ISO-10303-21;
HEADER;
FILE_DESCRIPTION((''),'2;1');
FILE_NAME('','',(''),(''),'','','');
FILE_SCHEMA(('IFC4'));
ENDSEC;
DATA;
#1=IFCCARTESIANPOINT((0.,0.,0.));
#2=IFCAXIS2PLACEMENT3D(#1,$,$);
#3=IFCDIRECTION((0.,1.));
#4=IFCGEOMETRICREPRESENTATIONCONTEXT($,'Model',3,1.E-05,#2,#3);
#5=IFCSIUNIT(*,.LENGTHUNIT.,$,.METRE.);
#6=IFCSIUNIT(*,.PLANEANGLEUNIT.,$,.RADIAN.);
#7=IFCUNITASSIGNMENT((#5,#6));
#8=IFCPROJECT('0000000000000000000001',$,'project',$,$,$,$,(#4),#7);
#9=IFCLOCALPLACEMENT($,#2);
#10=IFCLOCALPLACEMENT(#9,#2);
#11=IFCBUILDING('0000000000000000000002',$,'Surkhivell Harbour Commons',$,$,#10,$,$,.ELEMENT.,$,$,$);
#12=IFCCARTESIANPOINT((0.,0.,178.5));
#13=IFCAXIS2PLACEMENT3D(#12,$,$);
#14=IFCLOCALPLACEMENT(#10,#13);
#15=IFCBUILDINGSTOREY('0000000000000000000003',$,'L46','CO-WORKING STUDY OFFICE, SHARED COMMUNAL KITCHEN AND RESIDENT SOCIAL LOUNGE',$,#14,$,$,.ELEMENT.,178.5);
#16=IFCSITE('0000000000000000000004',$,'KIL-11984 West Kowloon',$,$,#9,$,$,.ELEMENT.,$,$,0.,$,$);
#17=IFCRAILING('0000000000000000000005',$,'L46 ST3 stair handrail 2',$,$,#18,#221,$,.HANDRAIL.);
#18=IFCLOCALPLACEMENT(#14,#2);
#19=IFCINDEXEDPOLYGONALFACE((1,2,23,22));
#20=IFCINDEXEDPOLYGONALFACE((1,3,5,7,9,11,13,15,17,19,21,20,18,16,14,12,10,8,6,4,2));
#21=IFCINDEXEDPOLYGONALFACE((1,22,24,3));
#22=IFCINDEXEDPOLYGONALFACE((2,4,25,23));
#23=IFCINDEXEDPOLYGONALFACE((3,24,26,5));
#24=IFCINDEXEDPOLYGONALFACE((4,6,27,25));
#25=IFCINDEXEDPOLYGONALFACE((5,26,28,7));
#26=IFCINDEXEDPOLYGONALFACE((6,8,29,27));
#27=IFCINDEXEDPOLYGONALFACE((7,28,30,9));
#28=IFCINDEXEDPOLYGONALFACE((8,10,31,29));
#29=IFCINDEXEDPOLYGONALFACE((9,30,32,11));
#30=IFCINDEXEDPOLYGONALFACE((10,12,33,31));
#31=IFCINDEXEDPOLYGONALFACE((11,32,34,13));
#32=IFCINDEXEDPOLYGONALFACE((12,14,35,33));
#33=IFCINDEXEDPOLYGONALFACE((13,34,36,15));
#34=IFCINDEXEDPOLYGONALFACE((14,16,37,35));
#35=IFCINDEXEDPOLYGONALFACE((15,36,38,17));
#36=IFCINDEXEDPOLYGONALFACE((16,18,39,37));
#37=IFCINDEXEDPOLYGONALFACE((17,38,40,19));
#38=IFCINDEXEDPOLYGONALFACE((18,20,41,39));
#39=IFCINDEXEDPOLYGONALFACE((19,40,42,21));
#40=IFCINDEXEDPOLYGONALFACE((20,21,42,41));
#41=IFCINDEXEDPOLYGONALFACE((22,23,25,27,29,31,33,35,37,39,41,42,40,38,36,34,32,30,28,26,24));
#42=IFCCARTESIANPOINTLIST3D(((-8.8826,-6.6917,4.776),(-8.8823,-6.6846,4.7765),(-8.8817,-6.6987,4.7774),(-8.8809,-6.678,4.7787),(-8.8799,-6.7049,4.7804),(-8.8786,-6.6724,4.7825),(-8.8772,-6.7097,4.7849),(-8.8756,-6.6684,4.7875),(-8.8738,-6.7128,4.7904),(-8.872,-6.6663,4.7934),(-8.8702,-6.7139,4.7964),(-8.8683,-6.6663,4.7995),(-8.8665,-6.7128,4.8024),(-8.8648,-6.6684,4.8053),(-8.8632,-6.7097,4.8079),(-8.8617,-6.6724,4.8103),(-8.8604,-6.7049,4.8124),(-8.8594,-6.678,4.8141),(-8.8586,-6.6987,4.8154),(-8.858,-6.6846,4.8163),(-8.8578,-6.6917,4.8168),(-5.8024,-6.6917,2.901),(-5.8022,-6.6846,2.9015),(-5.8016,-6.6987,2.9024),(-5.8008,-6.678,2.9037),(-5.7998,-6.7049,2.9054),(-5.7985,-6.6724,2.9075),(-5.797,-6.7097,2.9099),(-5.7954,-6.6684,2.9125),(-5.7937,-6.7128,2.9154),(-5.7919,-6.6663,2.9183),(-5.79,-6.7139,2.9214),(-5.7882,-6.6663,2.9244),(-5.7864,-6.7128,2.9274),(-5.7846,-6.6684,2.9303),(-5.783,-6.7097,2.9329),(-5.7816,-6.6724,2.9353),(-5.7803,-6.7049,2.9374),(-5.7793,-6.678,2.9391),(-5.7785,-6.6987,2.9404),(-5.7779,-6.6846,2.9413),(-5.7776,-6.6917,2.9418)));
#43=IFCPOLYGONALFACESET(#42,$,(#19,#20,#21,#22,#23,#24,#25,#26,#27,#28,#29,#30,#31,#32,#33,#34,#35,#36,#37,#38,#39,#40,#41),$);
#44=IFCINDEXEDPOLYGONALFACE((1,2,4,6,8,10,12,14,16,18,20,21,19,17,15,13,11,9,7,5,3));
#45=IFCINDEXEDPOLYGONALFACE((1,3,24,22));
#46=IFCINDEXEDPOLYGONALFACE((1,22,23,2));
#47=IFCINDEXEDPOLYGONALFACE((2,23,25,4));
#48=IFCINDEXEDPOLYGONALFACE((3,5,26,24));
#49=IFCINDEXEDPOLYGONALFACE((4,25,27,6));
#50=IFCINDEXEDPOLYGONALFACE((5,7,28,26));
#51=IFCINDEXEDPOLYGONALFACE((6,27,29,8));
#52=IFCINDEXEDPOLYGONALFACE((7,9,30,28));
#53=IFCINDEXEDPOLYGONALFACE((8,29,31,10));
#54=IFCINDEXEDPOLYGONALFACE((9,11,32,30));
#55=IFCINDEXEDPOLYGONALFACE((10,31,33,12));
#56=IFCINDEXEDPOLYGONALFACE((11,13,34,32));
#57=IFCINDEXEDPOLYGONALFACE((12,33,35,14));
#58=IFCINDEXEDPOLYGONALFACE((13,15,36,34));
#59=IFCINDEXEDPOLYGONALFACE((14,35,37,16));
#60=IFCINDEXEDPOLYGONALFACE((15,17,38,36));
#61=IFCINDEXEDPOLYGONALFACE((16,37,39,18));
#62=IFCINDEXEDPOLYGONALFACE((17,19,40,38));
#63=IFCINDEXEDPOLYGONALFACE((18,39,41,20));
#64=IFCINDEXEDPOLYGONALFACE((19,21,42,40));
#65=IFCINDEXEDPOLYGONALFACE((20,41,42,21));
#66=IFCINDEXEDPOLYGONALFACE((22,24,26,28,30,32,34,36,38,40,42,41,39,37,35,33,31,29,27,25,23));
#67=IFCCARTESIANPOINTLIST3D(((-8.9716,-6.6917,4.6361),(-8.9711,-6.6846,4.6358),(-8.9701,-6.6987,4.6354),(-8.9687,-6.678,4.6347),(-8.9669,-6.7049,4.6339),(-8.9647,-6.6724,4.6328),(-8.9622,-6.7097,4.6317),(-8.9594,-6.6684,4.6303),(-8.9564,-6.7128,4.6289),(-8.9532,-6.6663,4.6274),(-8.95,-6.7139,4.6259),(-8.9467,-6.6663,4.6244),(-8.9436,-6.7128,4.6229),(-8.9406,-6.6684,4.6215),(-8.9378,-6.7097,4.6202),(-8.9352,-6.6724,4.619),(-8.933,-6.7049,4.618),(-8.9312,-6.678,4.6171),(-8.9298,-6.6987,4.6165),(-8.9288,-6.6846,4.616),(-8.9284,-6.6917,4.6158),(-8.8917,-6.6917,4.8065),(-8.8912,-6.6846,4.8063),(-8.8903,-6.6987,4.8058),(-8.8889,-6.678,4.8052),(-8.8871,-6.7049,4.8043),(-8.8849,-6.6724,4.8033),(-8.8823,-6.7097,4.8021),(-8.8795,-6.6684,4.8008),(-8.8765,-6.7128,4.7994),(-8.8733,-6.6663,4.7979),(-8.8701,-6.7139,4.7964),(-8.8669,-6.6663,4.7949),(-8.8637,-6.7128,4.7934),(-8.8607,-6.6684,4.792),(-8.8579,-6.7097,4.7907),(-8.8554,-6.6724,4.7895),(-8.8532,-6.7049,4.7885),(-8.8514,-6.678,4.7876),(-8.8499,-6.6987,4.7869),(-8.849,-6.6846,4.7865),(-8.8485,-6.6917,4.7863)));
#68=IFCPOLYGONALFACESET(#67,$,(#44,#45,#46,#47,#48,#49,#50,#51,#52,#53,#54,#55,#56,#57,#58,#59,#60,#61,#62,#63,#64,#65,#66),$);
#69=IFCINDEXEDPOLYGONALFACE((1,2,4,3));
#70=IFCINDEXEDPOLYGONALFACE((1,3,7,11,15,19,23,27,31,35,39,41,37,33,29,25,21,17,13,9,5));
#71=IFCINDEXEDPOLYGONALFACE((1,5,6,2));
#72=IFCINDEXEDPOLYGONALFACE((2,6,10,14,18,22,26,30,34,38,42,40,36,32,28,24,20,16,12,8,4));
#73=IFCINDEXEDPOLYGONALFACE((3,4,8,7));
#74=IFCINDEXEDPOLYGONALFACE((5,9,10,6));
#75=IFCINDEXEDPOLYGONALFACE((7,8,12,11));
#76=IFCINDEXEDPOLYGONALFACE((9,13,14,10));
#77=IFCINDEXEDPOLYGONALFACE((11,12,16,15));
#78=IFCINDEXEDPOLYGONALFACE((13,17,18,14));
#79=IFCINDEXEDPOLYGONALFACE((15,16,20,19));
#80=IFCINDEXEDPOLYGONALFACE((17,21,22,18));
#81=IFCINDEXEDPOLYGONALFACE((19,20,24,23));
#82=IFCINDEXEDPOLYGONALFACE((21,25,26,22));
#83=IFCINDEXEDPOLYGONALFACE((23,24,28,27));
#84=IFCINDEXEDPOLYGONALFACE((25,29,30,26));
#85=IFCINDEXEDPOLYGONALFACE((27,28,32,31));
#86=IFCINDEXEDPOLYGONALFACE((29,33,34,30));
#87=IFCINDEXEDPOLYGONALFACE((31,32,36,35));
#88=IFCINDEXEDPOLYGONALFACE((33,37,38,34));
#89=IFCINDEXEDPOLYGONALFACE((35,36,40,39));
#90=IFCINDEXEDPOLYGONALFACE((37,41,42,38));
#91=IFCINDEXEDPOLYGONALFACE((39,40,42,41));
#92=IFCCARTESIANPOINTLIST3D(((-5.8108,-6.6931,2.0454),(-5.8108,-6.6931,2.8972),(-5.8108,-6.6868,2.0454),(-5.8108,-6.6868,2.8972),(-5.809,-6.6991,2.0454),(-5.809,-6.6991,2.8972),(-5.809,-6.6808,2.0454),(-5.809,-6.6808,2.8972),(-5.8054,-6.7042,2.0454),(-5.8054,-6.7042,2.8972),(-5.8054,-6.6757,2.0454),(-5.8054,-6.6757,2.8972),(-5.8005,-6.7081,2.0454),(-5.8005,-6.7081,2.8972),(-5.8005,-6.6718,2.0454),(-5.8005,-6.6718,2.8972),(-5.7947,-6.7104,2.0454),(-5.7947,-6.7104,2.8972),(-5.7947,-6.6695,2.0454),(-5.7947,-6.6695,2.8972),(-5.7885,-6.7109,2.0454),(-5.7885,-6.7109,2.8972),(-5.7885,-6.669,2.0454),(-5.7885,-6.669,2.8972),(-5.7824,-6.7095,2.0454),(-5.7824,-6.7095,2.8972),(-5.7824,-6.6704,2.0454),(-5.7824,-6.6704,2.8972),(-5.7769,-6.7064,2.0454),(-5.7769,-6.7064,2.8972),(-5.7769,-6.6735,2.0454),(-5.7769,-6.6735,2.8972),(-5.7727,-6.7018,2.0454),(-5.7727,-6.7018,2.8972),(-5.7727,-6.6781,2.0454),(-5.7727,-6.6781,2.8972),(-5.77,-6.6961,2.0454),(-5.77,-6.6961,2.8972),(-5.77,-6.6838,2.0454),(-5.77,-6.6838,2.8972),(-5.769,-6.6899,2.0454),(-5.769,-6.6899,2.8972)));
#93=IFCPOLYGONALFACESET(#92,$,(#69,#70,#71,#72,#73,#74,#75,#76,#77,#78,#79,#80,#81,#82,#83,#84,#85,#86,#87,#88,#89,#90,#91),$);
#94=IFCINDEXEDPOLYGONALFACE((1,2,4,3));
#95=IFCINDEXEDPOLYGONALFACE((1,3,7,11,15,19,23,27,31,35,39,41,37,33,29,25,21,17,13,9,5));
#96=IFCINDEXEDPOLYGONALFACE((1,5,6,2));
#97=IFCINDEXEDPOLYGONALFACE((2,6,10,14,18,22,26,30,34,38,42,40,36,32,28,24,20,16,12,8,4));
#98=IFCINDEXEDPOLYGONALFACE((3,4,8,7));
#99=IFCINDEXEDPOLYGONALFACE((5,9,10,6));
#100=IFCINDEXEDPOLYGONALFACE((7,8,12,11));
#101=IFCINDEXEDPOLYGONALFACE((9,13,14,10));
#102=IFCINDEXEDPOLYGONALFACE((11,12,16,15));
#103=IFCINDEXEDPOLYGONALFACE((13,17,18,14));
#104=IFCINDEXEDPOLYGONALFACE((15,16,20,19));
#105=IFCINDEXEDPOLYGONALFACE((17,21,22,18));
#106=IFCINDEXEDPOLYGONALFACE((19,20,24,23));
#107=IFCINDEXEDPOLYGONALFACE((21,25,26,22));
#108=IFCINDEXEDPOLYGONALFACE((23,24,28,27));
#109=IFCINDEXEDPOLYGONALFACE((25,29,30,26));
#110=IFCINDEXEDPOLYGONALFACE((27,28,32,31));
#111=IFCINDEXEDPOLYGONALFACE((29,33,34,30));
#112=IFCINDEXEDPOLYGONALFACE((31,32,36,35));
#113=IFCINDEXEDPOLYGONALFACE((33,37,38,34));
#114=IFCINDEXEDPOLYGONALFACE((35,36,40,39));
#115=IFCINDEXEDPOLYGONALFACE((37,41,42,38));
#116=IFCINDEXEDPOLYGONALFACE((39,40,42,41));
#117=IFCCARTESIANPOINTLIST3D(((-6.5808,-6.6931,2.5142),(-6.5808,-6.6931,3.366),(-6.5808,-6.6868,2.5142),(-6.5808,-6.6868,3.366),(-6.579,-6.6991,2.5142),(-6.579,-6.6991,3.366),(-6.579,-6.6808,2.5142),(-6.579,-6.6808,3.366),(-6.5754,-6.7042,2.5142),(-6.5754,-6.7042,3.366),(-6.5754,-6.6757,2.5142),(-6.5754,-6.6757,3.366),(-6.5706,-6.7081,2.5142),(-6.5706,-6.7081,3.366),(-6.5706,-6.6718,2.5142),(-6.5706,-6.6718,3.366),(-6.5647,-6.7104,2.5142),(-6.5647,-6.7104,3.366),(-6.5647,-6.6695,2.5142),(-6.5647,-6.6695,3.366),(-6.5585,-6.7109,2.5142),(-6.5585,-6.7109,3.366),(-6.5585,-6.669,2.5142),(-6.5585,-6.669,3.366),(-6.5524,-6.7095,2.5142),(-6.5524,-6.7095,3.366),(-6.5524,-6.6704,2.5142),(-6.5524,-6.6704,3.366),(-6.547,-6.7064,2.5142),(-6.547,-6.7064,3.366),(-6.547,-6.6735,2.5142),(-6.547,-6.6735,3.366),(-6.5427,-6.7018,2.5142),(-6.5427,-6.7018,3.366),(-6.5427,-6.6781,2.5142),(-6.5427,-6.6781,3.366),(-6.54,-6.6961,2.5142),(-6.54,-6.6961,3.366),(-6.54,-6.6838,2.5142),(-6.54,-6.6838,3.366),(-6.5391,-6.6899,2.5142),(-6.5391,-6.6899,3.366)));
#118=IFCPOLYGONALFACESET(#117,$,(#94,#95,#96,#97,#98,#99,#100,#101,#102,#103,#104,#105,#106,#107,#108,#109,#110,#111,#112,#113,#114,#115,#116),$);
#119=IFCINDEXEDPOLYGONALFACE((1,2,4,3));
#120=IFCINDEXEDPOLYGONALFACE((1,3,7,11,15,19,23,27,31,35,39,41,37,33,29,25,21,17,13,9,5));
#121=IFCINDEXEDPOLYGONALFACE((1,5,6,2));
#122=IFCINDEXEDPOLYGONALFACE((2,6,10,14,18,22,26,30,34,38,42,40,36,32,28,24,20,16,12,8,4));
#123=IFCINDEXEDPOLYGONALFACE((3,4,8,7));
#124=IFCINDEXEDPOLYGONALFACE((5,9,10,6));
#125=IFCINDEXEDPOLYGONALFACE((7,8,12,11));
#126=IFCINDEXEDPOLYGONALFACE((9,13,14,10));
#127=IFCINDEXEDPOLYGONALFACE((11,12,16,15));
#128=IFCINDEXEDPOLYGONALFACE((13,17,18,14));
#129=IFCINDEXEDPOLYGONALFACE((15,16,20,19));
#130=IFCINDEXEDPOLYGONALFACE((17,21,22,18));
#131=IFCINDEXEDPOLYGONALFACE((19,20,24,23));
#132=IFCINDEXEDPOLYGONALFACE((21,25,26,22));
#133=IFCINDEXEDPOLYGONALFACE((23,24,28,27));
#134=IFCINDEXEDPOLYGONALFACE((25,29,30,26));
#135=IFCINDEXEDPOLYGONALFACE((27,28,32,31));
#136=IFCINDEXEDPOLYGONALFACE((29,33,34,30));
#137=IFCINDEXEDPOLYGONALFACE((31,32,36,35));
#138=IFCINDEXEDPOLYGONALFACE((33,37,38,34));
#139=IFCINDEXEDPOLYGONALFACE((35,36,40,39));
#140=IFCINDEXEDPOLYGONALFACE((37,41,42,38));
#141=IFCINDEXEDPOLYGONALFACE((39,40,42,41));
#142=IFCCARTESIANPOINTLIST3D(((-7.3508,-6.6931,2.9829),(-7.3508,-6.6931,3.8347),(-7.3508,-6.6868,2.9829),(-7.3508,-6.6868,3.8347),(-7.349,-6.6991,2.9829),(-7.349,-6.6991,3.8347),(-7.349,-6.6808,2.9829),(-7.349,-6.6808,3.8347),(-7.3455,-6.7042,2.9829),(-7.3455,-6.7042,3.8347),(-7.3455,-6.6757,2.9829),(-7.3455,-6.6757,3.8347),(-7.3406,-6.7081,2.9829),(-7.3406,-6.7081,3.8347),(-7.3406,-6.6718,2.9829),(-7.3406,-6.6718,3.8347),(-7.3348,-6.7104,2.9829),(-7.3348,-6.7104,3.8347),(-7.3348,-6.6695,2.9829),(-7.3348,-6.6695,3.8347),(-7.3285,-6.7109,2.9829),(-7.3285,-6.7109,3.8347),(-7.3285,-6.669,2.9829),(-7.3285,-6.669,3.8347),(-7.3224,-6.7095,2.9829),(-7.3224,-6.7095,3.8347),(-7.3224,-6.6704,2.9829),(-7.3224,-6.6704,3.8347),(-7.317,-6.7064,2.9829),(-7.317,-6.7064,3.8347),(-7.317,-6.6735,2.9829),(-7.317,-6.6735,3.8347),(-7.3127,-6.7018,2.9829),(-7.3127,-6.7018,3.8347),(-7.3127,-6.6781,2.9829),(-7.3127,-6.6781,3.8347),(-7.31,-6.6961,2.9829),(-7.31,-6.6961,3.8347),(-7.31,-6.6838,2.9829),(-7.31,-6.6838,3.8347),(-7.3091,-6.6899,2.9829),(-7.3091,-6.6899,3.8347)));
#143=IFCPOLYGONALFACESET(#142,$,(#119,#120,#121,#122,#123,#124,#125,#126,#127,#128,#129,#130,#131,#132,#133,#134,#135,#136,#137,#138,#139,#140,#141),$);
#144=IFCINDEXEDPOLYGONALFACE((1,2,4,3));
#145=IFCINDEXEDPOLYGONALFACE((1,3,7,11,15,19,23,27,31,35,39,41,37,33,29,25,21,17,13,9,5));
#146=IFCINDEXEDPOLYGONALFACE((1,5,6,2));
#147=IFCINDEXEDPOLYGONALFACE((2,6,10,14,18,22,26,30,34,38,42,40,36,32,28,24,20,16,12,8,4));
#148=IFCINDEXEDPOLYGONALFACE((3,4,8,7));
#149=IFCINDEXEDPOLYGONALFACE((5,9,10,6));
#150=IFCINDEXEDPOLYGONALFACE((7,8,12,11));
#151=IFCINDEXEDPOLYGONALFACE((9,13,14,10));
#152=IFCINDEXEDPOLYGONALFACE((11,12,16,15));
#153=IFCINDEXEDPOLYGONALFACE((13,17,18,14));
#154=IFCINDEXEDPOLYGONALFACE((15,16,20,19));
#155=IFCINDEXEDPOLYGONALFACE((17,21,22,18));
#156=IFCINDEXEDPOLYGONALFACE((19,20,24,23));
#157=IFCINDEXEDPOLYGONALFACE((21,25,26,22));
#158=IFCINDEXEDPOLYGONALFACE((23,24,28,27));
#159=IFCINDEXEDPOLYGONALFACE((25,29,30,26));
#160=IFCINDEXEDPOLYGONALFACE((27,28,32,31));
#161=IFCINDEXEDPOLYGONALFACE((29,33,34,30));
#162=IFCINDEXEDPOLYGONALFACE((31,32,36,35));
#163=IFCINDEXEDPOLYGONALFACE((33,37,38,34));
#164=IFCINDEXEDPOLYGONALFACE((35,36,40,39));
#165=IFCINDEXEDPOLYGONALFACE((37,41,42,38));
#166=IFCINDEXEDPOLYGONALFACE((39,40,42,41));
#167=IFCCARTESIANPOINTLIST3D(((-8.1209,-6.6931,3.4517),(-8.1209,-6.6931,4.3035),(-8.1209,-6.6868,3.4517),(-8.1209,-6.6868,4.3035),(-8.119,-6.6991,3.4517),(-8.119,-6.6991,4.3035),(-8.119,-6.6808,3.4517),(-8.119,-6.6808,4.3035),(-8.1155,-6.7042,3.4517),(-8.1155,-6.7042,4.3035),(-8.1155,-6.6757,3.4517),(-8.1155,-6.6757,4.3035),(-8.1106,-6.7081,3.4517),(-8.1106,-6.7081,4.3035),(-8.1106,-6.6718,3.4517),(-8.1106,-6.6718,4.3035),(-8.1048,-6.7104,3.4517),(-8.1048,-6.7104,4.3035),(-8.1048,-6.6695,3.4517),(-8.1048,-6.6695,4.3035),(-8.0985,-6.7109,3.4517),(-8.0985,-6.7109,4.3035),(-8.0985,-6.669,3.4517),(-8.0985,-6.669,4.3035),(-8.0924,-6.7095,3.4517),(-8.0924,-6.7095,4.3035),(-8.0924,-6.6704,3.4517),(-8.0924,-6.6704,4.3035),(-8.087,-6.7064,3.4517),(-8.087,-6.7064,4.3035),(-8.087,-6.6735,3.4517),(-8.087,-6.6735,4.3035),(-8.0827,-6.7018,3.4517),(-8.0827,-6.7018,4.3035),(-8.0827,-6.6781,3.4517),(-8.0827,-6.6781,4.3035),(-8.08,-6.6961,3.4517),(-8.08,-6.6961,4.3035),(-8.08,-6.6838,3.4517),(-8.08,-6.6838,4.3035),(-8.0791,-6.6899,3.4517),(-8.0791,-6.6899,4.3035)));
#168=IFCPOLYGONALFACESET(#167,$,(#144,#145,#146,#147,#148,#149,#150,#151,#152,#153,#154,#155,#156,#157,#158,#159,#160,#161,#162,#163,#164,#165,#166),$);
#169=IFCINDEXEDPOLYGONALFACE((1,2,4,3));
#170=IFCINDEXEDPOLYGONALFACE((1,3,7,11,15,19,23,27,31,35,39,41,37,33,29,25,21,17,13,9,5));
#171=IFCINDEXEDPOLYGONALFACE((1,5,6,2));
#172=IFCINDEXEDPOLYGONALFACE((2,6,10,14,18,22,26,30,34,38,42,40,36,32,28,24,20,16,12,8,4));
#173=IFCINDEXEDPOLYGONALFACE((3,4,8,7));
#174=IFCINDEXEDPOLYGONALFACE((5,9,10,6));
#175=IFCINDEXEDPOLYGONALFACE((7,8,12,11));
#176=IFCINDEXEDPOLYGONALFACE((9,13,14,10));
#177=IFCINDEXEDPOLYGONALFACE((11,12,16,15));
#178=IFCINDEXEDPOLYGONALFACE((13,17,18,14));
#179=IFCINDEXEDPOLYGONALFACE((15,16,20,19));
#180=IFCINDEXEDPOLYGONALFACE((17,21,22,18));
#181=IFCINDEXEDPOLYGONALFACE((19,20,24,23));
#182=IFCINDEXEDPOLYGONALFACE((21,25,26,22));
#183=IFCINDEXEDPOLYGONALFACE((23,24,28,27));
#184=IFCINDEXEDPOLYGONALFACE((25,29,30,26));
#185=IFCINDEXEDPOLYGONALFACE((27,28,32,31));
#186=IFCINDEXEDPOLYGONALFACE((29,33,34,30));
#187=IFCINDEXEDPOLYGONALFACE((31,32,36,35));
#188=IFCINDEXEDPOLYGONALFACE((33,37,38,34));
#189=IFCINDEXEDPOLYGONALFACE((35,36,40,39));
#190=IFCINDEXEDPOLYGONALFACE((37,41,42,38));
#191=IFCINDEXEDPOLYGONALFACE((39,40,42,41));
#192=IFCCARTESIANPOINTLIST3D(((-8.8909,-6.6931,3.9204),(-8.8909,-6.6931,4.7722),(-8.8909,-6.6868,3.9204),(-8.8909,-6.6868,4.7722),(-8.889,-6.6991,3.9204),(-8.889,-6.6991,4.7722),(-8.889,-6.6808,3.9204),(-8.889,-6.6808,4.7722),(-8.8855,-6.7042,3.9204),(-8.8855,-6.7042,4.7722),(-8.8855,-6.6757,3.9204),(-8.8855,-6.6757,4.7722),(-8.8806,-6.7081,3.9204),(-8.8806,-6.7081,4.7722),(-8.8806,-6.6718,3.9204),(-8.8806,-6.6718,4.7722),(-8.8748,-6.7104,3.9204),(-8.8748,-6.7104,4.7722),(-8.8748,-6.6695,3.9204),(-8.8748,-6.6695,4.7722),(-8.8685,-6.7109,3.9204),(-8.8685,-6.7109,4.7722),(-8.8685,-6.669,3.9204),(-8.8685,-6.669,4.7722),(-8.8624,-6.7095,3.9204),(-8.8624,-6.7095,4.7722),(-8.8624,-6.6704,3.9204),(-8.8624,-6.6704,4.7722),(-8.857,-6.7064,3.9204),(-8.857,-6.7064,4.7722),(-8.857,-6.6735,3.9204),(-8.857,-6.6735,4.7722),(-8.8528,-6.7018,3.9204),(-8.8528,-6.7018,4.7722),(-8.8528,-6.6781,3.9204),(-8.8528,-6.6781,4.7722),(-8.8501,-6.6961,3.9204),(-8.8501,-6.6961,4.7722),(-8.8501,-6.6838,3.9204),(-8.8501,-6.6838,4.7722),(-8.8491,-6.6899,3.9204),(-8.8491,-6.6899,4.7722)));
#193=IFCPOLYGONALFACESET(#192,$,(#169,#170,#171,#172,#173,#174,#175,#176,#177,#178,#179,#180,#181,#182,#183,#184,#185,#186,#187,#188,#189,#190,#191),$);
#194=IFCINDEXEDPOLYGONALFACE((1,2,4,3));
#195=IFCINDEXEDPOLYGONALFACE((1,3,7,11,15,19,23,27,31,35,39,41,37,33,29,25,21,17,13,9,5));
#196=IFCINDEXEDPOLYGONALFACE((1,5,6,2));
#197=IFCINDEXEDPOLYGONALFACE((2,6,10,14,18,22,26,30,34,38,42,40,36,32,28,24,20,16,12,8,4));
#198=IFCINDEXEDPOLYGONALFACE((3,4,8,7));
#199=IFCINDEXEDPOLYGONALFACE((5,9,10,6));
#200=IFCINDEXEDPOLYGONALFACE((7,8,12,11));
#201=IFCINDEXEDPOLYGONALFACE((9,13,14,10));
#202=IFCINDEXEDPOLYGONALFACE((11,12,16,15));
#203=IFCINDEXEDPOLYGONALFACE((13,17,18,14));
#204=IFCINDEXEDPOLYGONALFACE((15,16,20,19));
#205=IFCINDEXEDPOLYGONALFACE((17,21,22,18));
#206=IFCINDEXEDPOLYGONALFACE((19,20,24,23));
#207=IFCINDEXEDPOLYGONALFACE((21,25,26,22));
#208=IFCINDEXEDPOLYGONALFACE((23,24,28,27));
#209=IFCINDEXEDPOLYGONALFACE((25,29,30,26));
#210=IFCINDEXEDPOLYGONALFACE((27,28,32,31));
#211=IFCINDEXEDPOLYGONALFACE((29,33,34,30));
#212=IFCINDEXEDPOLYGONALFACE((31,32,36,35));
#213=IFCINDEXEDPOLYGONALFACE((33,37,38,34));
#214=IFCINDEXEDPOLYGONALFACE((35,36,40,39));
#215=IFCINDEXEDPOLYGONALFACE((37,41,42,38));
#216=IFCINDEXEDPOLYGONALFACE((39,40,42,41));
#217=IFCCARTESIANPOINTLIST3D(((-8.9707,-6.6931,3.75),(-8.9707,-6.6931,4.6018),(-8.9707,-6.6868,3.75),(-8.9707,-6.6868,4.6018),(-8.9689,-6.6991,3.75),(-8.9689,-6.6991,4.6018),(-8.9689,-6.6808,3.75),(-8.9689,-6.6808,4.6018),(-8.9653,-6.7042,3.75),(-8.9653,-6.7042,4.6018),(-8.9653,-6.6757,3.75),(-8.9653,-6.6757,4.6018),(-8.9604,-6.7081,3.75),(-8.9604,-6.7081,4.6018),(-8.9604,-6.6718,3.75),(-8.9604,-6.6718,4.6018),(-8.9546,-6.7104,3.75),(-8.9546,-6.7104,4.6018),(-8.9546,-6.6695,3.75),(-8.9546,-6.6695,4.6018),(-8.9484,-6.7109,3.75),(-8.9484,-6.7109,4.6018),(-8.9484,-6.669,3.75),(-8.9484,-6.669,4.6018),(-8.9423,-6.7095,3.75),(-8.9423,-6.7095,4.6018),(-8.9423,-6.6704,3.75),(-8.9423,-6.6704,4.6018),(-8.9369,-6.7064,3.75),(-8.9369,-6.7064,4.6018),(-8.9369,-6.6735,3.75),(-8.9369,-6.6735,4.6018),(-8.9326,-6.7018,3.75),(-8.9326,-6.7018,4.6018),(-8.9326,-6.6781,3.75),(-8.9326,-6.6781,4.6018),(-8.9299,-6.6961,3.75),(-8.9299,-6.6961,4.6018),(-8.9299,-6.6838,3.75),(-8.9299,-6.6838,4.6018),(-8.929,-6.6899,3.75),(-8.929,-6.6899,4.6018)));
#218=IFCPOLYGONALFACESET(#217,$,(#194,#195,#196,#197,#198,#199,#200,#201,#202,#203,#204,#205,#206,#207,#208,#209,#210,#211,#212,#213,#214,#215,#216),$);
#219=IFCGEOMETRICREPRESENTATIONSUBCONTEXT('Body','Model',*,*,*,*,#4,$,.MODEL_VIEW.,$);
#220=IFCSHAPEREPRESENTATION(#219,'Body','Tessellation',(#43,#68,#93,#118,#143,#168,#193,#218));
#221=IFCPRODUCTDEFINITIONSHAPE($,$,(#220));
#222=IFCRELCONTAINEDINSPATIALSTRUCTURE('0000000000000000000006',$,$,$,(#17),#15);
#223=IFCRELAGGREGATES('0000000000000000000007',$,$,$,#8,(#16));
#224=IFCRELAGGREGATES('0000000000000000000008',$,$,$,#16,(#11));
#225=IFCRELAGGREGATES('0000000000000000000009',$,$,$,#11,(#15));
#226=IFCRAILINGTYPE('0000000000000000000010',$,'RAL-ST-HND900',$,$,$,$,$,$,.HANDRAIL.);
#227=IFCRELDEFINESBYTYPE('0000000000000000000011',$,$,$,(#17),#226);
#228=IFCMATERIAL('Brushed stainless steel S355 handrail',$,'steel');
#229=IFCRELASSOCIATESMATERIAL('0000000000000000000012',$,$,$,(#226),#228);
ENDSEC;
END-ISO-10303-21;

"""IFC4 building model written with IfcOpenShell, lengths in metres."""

from ifc_helpers import new_model, si_unit, direction, frame, origin, origin_2d, place, context, subcontext, project, spatial, circle, extrude, material, type_object, element, save


model = new_model("IFC4")

# Units and contexts
model_context = context("Model", 3, precision=1e-05, world=origin(), true_north=direction((0.0, 1.0)))
body_context = subcontext(model_context, "Body", "Model", "MODEL_VIEW")
ifc_project = project(units=[si_unit("LENGTHUNIT", "METRE"), si_unit("PLANEANGLEUNIT", "RADIAN")], contexts=[model_context])

# Site, building, storey
site_placement = place(None, origin())
site = spatial("IfcSite", under=ifc_project, at=site_placement, Name="KIL-11984 West Kowloon", CompositionType="ELEMENT", RefElevation=0.0)
building_placement = place(site_placement, origin())
building = spatial("IfcBuilding", under=site, at=building_placement, Name="Surkhivell Harbour Commons", CompositionType="ELEMENT")
storey_placement = place(building_placement, frame((0.0, 0.0, 178.5)))
storey = spatial("IfcBuildingStorey", under=building, at=storey_placement, Name="L46", Description="CO-WORKING STUDY OFFICE, SHARED COMMUNAL KITCHEN AND RESIDENT SOCIAL LOUNGE", CompositionType="ELEMENT", Elevation=178.5)

# Railing
ifc_material_1 = material(Name="Brushed stainless steel S355 handrail", Category="steel")
railing_type_1 = type_object("IfcRailingType", Name="RAL-ST-HND900", PredefinedType="HANDRAIL", material=ifc_material_1)
railing_1_placement = place(storey_placement, frame((-5.79, -6.6899, 2.0454)))
element("IfcRailing", 1, at=railing_1_placement, inside=storey, type_object=railing_type_1, Name="L46 ST3 stair handrail 2", PredefinedType="HANDRAIL", context=body_context, shape_type="SweptSolid", body=[
    extrude(circle(Radius=0.0239, at=origin_2d()), frame((0.0, 0.0, 0.876), z_axis=(-0.854178, 0.0, 0.519981), x_axis=(0.0, -1.0, 0.0)), (0.0, 0.0, 1.0), 3.606),
    extrude(circle(Radius=0.0239, at=origin_2d()), frame((-3.0801, 0.0, 2.751), z_axis=(-0.424234, 0.0, -0.905552), x_axis=(0.0, -1.0, 0.0)), (0.0, 0.0, 1.0), 0.1882),
    extrude(circle(Radius=0.021, at=origin_2d()), origin(), (0.0, 0.0, 1.0), 0.8518),
    extrude(circle(Radius=0.021, at=origin_2d()), frame((-0.77, 0.0, 0.4688)), (0.0, 0.0, 1.0), 0.8518),
    extrude(circle(Radius=0.021, at=origin_2d()), frame((-1.54, 0.0, 0.9375)), (0.0, 0.0, 1.0), 0.8518),
    extrude(circle(Radius=0.021, at=origin_2d()), frame((-2.3101, 0.0, 1.4062)), (0.0, 0.0, 1.0), 0.8518),
    extrude(circle(Radius=0.021, at=origin_2d()), frame((-3.0801, 0.0, 1.875)), (0.0, 0.0, 1.0), 0.8518),
    extrude(circle(Radius=0.021, at=origin_2d()), frame((-3.1599, 0.0, 1.7046)), (0.0, 0.0, 1.0), 0.8518),
])

save(model, "model.ifc")
